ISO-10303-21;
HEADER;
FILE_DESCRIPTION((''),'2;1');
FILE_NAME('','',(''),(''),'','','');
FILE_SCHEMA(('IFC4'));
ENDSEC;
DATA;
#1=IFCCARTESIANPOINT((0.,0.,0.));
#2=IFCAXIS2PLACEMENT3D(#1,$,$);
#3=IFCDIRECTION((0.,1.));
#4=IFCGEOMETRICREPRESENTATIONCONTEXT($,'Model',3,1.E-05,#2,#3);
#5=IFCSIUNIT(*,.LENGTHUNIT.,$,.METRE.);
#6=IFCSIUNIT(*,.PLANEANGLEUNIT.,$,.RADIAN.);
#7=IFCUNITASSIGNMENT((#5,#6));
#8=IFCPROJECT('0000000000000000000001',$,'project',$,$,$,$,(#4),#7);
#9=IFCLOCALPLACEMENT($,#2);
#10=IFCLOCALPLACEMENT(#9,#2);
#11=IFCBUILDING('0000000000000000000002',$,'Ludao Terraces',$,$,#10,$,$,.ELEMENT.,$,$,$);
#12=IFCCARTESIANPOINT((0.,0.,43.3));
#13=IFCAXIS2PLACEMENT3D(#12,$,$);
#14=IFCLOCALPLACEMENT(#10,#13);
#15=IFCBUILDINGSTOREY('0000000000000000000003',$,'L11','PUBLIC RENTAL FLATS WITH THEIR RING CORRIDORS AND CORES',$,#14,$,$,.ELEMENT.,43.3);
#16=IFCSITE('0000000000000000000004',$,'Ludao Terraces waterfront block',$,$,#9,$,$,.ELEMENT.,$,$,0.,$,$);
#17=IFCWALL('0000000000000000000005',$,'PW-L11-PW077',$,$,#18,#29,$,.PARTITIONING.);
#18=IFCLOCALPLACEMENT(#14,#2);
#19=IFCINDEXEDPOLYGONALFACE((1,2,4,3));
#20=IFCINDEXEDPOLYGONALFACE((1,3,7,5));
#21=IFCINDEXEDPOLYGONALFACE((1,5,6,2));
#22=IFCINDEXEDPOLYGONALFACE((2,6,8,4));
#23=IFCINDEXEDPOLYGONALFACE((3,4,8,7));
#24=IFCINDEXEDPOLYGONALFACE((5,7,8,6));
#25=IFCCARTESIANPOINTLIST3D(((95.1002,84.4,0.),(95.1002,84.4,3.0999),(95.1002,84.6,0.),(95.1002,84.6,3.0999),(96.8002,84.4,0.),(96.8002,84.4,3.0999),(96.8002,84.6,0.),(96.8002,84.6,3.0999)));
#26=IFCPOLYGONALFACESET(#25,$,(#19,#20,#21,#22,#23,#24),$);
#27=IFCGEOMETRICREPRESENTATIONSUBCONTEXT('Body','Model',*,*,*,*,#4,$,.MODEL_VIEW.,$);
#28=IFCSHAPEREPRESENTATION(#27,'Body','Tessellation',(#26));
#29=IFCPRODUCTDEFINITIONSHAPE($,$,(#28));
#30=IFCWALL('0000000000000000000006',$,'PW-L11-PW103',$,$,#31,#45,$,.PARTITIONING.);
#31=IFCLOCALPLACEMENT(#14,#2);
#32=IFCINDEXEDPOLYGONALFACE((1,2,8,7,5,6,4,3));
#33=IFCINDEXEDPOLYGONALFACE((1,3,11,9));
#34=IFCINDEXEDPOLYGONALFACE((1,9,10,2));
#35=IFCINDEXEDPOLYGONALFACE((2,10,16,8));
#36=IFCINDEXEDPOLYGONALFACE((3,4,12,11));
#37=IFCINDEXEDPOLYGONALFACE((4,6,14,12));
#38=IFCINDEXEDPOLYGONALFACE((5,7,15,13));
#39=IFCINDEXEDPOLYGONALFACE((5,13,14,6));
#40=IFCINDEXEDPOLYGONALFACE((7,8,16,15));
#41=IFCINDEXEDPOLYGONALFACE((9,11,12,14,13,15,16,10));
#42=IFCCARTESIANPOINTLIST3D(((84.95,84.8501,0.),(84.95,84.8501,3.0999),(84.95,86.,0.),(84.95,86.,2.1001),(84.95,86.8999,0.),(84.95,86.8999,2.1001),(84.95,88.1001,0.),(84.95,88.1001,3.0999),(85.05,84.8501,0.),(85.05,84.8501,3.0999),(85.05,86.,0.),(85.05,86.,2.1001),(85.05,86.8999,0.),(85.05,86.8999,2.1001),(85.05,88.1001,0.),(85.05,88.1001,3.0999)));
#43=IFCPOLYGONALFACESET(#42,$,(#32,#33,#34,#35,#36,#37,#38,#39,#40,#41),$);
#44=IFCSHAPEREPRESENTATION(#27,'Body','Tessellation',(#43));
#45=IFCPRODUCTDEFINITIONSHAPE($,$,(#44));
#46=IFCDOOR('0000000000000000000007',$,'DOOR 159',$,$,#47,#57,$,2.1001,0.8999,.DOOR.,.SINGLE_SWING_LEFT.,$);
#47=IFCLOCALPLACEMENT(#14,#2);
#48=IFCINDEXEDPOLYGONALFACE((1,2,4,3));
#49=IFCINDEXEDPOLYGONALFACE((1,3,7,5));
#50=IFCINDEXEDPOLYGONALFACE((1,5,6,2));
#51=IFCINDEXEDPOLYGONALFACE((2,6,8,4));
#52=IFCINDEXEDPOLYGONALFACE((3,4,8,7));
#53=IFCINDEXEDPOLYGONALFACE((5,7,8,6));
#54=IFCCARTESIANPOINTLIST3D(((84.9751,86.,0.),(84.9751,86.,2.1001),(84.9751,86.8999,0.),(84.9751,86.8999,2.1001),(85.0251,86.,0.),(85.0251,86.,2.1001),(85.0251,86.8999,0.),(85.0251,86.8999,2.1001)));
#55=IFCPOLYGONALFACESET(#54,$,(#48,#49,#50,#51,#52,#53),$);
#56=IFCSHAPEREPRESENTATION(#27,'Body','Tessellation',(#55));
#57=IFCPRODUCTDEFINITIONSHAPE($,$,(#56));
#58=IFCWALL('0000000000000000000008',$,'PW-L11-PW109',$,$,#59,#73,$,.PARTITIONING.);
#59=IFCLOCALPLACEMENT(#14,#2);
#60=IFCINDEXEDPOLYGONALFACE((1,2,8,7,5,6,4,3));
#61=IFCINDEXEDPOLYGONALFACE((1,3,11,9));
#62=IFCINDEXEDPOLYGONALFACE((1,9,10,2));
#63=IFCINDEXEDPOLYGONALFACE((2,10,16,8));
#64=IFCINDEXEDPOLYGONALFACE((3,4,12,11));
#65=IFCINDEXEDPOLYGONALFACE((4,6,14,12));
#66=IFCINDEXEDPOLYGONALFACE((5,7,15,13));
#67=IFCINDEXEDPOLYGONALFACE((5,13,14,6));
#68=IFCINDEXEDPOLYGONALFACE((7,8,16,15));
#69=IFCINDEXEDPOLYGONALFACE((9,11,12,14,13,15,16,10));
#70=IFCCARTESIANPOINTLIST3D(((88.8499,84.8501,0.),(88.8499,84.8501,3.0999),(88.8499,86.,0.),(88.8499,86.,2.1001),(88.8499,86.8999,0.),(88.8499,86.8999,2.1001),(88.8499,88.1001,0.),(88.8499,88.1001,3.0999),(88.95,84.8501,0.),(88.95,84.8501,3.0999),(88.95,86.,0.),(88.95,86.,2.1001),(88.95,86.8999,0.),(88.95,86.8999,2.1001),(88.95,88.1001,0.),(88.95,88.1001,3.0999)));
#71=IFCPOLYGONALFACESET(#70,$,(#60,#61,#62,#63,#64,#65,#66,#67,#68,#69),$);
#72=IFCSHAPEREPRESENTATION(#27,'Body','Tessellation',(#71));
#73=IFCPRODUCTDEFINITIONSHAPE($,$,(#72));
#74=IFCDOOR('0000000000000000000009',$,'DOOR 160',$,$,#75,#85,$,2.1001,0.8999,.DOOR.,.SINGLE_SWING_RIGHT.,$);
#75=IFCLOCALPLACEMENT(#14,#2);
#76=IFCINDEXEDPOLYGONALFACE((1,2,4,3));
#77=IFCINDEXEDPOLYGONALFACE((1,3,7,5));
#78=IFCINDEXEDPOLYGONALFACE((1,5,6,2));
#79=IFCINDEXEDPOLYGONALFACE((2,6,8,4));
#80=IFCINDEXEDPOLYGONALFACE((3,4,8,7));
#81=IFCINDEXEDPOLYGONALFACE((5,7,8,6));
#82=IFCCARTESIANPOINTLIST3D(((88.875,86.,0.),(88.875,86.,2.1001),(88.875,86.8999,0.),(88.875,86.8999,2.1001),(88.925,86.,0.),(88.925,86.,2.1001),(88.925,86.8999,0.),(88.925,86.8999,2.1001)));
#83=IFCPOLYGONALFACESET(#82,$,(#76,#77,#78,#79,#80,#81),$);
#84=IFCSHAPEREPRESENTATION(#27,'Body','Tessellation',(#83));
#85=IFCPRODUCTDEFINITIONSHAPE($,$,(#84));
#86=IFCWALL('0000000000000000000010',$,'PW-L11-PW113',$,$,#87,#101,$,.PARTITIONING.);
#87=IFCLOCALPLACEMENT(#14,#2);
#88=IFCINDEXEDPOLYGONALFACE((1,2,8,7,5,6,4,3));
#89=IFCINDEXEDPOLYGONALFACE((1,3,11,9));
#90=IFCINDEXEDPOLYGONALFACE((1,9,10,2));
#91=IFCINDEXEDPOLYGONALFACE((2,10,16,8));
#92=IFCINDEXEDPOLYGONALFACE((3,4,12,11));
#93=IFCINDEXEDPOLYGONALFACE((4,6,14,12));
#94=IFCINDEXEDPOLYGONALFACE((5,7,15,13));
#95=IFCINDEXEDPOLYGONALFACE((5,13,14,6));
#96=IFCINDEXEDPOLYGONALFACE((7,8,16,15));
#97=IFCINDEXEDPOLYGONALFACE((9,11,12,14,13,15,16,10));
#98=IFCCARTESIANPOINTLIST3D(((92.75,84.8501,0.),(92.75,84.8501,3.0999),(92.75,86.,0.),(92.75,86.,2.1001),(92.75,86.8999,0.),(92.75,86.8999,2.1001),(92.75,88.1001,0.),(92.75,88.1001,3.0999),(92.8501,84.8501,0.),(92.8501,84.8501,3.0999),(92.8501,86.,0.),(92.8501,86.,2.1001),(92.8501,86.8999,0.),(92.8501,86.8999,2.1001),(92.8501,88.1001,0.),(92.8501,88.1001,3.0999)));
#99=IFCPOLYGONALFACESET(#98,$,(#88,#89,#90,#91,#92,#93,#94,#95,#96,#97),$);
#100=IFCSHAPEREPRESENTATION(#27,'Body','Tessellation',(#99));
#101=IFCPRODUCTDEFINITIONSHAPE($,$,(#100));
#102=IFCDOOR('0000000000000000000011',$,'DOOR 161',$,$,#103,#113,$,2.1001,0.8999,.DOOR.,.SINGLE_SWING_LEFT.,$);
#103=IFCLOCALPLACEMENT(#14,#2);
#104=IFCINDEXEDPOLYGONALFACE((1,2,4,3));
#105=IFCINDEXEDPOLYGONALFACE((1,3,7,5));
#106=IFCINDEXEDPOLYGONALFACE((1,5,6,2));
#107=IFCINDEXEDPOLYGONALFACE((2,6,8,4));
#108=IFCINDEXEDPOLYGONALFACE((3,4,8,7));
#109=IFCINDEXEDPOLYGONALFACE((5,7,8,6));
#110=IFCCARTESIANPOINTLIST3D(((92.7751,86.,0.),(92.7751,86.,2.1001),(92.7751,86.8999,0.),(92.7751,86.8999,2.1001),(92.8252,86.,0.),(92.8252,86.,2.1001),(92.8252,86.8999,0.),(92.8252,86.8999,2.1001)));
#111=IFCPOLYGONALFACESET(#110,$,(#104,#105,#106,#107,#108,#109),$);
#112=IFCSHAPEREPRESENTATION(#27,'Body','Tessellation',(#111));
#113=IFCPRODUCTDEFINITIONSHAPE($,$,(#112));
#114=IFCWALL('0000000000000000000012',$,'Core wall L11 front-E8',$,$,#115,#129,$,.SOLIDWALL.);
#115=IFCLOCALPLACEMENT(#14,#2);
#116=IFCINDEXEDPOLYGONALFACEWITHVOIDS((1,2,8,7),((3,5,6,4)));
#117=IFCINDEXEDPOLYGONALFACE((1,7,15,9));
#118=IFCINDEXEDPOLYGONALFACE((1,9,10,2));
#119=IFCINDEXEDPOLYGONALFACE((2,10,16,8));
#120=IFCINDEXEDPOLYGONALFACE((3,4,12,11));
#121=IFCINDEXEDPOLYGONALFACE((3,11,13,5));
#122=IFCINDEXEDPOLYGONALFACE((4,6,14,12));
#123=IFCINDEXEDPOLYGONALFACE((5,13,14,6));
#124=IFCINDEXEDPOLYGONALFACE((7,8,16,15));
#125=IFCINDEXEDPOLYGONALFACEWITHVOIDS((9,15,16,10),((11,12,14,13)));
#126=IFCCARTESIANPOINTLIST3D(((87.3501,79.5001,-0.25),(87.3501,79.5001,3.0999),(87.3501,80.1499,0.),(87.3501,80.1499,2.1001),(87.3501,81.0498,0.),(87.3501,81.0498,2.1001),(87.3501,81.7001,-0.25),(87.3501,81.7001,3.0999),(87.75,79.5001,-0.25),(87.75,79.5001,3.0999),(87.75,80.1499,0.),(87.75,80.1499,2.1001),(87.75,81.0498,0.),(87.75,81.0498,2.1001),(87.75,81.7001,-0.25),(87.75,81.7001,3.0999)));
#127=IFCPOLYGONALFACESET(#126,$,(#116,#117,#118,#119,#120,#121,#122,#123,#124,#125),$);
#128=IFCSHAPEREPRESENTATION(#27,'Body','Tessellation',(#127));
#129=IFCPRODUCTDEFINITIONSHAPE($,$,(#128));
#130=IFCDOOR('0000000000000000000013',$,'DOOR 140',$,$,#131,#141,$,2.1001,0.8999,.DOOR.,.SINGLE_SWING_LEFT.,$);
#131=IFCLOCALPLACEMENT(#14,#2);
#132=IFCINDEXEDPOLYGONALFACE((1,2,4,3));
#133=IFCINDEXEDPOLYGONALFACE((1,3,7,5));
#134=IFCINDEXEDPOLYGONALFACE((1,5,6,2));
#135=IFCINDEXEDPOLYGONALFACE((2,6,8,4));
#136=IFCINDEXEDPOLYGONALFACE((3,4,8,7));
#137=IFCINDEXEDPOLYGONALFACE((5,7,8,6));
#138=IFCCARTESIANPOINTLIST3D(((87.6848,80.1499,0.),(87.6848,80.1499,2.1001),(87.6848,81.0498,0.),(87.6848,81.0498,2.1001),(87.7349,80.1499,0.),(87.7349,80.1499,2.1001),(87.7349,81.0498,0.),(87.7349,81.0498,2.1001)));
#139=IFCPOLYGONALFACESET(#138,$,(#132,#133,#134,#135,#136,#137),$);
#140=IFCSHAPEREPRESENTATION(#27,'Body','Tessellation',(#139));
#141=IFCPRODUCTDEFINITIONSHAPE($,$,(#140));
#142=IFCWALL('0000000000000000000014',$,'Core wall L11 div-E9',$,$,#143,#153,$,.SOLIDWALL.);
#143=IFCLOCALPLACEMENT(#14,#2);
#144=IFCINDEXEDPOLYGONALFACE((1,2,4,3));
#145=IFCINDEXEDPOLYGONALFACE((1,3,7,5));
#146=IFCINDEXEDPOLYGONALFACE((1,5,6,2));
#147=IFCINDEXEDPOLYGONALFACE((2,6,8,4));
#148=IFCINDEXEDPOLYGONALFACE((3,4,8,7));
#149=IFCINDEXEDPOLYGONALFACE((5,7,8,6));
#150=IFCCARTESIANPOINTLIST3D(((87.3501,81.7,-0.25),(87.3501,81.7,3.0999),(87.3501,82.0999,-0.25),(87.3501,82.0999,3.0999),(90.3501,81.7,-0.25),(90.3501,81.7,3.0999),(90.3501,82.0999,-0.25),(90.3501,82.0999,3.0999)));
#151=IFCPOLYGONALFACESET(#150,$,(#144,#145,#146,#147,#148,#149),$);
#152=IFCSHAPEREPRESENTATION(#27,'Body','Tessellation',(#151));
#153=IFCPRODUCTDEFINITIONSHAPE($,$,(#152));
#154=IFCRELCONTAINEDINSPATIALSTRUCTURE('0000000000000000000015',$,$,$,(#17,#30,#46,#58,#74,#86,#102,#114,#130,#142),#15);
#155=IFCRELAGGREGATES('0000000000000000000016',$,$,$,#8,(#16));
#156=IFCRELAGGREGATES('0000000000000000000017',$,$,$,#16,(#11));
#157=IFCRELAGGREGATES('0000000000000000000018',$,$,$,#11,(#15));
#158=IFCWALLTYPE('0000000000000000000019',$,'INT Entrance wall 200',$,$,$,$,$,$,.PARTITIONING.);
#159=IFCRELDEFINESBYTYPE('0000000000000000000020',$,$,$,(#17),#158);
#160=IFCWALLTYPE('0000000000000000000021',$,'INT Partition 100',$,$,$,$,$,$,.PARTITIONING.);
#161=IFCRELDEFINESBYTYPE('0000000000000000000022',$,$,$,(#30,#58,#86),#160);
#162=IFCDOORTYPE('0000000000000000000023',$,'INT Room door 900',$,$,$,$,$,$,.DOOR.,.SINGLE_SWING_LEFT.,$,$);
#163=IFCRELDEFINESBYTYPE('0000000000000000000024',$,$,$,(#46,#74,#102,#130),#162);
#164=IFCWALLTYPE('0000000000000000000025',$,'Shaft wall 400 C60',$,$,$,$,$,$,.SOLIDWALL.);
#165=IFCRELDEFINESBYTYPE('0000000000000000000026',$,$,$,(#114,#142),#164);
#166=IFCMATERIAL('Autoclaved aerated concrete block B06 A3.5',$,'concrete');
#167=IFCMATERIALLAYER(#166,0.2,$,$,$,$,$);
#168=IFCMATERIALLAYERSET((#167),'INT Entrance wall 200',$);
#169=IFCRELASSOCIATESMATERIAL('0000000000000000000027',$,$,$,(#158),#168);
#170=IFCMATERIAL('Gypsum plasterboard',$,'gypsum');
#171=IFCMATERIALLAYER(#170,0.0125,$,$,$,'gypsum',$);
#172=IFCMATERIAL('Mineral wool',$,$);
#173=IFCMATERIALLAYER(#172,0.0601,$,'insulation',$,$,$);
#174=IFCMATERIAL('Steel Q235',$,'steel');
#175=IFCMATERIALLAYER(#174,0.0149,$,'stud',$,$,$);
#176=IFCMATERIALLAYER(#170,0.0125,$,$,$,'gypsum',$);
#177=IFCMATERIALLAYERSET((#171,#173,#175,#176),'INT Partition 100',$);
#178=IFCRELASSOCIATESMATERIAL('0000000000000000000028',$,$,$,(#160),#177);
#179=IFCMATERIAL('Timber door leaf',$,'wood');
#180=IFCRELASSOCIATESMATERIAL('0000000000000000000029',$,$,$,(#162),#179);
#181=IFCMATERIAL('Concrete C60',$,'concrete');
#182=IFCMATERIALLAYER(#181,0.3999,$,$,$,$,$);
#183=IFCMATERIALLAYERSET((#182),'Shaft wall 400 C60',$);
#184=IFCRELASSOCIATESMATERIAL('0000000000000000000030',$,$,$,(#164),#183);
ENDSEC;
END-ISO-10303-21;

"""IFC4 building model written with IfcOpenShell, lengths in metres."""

from ifc_helpers import new_model, si_unit, direction, frame, frame_2d, origin, place, context, subcontext, project, spatial, rectangle, extrude, material, layer, layer_set, type_object, element, fill, save


model = new_model("IFC4")

# Units and contexts
model_context = context("Model", 3, precision=1e-05, world=origin(), true_north=direction((0.0, 1.0)))
body_context = subcontext(model_context, "Body", "Model", "MODEL_VIEW")
ifc_project = project(units=[si_unit("LENGTHUNIT", "METRE"), si_unit("PLANEANGLEUNIT", "RADIAN")], contexts=[model_context])

# Site, building, storey
site_placement = place(None, origin())
site = spatial("IfcSite", under=ifc_project, at=site_placement, Name="Ludao Terraces waterfront block", CompositionType="ELEMENT", RefElevation=0.0)
building_placement = place(site_placement, origin())
building = spatial("IfcBuilding", under=site, at=building_placement, Name="Ludao Terraces", CompositionType="ELEMENT")
storey_placement = place(building_placement, frame((0.0, 0.0, 43.3)))
storey = spatial("IfcBuildingStorey", under=building, at=storey_placement, Name="L11", Description="PUBLIC RENTAL FLATS WITH THEIR RING CORRIDORS AND CORES", CompositionType="ELEMENT", Elevation=43.3)

# Shared definitions
ifc_material_1 = material(Name="Mineral wool")

# Wall
ifc_material_2 = material(Name="Autoclaved aerated concrete block B06 A3.5", Category="concrete")
ifc_layer_1 = layer(ifc_material_2, 0.2)
ifc_layer_set_1 = layer_set([ifc_layer_1], Name="INT Entrance wall 200")
wall_type_1 = type_object("IfcWallType", Name="INT Entrance wall 200", PredefinedType="PARTITIONING", material=ifc_layer_set_1)
wall_1_placement = place(storey_placement, frame((95.1001, 84.5, 0.0), z_axis=(0.0, 0.0, 1.0), x_axis=(1.0, 0.0, 0.0)))
element("IfcWall", 1, at=wall_1_placement, inside=storey, type_object=wall_type_1, Name="PW-L11-PW077", PredefinedType="PARTITIONING", context=body_context, shape_type="SweptSolid", body=[
    extrude(rectangle(XDim=1.7, YDim=0.2, at=frame_2d((0.8501, 0.0))), origin(), (0.0, 0.0, 1.0), 3.0999),
])

# Walls, openings, doors
ifc_material_3 = material(Name="Gypsum plasterboard", Category="gypsum")
ifc_layer_2 = layer(ifc_material_3, 0.0125, Category="gypsum")
ifc_layer_3 = layer(ifc_material_1, 0.0601, Name="insulation")
ifc_material_4 = material(Name="Steel Q235", Category="steel")
ifc_layer_4 = layer(ifc_material_4, 0.0149, Name="stud")
ifc_layer_5 = layer(ifc_material_3, 0.0125, Category="gypsum")
ifc_layer_set_2 = layer_set([ifc_layer_2, ifc_layer_3, ifc_layer_4, ifc_layer_5], Name="INT Partition 100")
wall_type_2 = type_object("IfcWallType", Name="INT Partition 100", PredefinedType="PARTITIONING", material=ifc_layer_set_2)
wall_2_placement = place(storey_placement, frame((85.0, 84.8501, 0.0), z_axis=(0.0, 0.0, 1.0), x_axis=(0.0, 1.0, 0.0)))
wall_2 = element("IfcWall", 2, at=wall_2_placement, inside=storey, type_object=wall_type_2, Name="PW-L11-PW103", PredefinedType="PARTITIONING", context=body_context, shape_type="SweptSolid", body=[
    extrude(rectangle(XDim=3.25, YDim=0.1001, at=frame_2d((1.625, 0.0))), origin(), (0.0, 0.0, 1.0), 3.0999),
])
opening_1_placement = place(wall_2_placement, frame((1.1499, 0.0, 0.0)))
opening_1 = element("IfcOpeningElement", 3, at=opening_1_placement, cuts=wall_2, PredefinedType="OPENING", context=body_context, shape_type="SweptSolid", body=[
    extrude(rectangle(XDim=0.8999, YDim=2.1001, at=frame_2d((0.45, 1.05))), frame((0.0, 0.0601, 0.0), z_axis=(0.0, -1.0, 0.0), x_axis=(1.0, 0.0, 0.0)), (0.0, 0.0, 1.0), 0.1201),
])
ifc_material_5 = material(Name="Timber door leaf", Category="wood")
door_type_1 = type_object("IfcDoorType", Name="INT Room door 900", OperationType="SINGLE_SWING_LEFT", PredefinedType="DOOR", material=ifc_material_5)
door_1_placement = place(opening_1_placement, origin())
door_1 = element("IfcDoor", 4, at=door_1_placement, inside=storey, type_object=door_type_1, Name="DOOR 159", OperationType="SINGLE_SWING_LEFT", OverallHeight=2.1001, OverallWidth=0.8999, PredefinedType="DOOR", context=body_context, shape_type="SweptSolid", body=[
    extrude(rectangle(XDim=0.8999, YDim=2.1001, at=frame_2d((0.45, 1.05))), frame((0.0, 0.0249, 0.0), z_axis=(0.0, -1.0, 0.0), x_axis=(1.0, 0.0, 0.0)), (0.0, 0.0, 1.0), 0.05),
])
fill(opening_1, door_1)
wall_3_placement = place(storey_placement, frame((88.8999, 84.8501, 0.0), z_axis=(0.0, 0.0, 1.0), x_axis=(0.0, 1.0, 0.0)))
wall_3 = element("IfcWall", 5, at=wall_3_placement, inside=storey, type_object=wall_type_2, Name="PW-L11-PW109", PredefinedType="PARTITIONING", context=body_context, shape_type="SweptSolid", body=[
    extrude(rectangle(XDim=3.25, YDim=0.1001, at=frame_2d((1.625, 0.0))), origin(), (0.0, 0.0, 1.0), 3.0999),
])
opening_2_placement = place(wall_3_placement, frame((1.1499, 0.0, 0.0)))
opening_2 = element("IfcOpeningElement", 6, at=opening_2_placement, cuts=wall_3, PredefinedType="OPENING", context=body_context, shape_type="SweptSolid", body=[
    extrude(rectangle(XDim=0.8999, YDim=2.1001, at=frame_2d((0.45, 1.05))), frame((0.0, 0.0601, 0.0), z_axis=(0.0, -1.0, 0.0), x_axis=(1.0, 0.0, 0.0)), (0.0, 0.0, 1.0), 0.1201),
])
door_2_placement = place(opening_2_placement, origin())
door_2 = element("IfcDoor", 7, at=door_2_placement, inside=storey, type_object=door_type_1, Name="DOOR 160", OperationType="SINGLE_SWING_RIGHT", OverallHeight=2.1001, OverallWidth=0.8999, PredefinedType="DOOR", context=body_context, shape_type="SweptSolid", body=[
    extrude(rectangle(XDim=0.8999, YDim=2.1001, at=frame_2d((0.45, 1.05))), frame((0.0, 0.0249, 0.0), z_axis=(0.0, -1.0, 0.0), x_axis=(1.0, 0.0, 0.0)), (0.0, 0.0, 1.0), 0.05),
])
fill(opening_2, door_2)
wall_4_placement = place(storey_placement, frame((92.8, 84.8501, 0.0), z_axis=(0.0, 0.0, 1.0), x_axis=(0.0, 1.0, 0.0)))
wall_4 = element("IfcWall", 8, at=wall_4_placement, inside=storey, type_object=wall_type_2, Name="PW-L11-PW113", PredefinedType="PARTITIONING", context=body_context, shape_type="SweptSolid", body=[
    extrude(rectangle(XDim=3.25, YDim=0.1001, at=frame_2d((1.625, 0.0))), origin(), (0.0, 0.0, 1.0), 3.0999),
])
opening_3_placement = place(wall_4_placement, frame((1.1499, 0.0, 0.0)))
opening_3 = element("IfcOpeningElement", 9, at=opening_3_placement, cuts=wall_4, PredefinedType="OPENING", context=body_context, shape_type="SweptSolid", body=[
    extrude(rectangle(XDim=0.8999, YDim=2.1001, at=frame_2d((0.45, 1.05))), frame((0.0, 0.0601, 0.0), z_axis=(0.0, -1.0, 0.0), x_axis=(1.0, 0.0, 0.0)), (0.0, 0.0, 1.0), 0.1201),
])
door_3_placement = place(opening_3_placement, origin())
door_3 = element("IfcDoor", 10, at=door_3_placement, inside=storey, type_object=door_type_1, Name="DOOR 161", OperationType="SINGLE_SWING_LEFT", OverallHeight=2.1001, OverallWidth=0.8999, PredefinedType="DOOR", context=body_context, shape_type="SweptSolid", body=[
    extrude(rectangle(XDim=0.8999, YDim=2.1001, at=frame_2d((0.45, 1.05))), frame((0.0, 0.0249, 0.0), z_axis=(0.0, -1.0, 0.0), x_axis=(1.0, 0.0, 0.0)), (0.0, 0.0, 1.0), 0.05),
])
fill(opening_3, door_3)
ifc_material_6 = material(Name="Concrete C60", Category="concrete")
ifc_layer_6 = layer(ifc_material_6, 0.3999)
ifc_layer_set_3 = layer_set([ifc_layer_6], Name="Shaft wall 400 C60")
wall_type_3 = type_object("IfcWallType", Name="Shaft wall 400 C60", PredefinedType="SOLIDWALL", material=ifc_layer_set_3)
wall_5_placement = place(storey_placement, frame((87.55, 79.5, -0.25), z_axis=(0.0, 0.0, 1.0), x_axis=(0.0, 1.0, 0.0)))
wall_5 = element("IfcWall", 11, at=wall_5_placement, inside=storey, type_object=wall_type_3, Name="Core wall L11 front-E8", PredefinedType="SOLIDWALL", context=body_context, shape_type="SweptSolid", body=[
    extrude(rectangle(XDim=2.2, YDim=0.3999, at=frame_2d((1.1001, 0.0))), origin(), (0.0, 0.0, 1.0), 3.3499),
])
opening_4_placement = place(wall_5_placement, frame((0.6499, 0.0, 0.25)))
opening_4 = element("IfcOpeningElement", 12, at=opening_4_placement, cuts=wall_5, PredefinedType="OPENING", context=body_context, shape_type="SweptSolid", body=[
    extrude(rectangle(XDim=0.8999, YDim=2.1001, at=frame_2d((0.45, 1.05))), frame((0.0, 0.21, 0.0), z_axis=(0.0, -1.0, 0.0), x_axis=(1.0, 0.0, 0.0)), (0.0, 0.0, 1.0), 0.4199),
])
door_4_placement = place(opening_4_placement, origin())
door_4 = element("IfcDoor", 13, at=door_4_placement, inside=storey, type_object=door_type_1, Name="DOOR 140", OperationType="SINGLE_SWING_LEFT", OverallHeight=2.1001, OverallWidth=0.8999, PredefinedType="DOOR", context=body_context, shape_type="SweptSolid", body=[
    extrude(rectangle(XDim=0.8999, YDim=2.1001, at=frame_2d((0.45, 1.05))), frame((0.0, -0.1348, 0.0), z_axis=(0.0, -1.0, 0.0), x_axis=(1.0, 0.0, 0.0)), (0.0, 0.0, 1.0), 0.05),
])
fill(opening_4, door_4)

# Wall
wall_6_placement = place(storey_placement, frame((87.3501, 81.8999, -0.25), z_axis=(0.0, 0.0, 1.0), x_axis=(1.0, 0.0, 0.0)))
element("IfcWall", 14, at=wall_6_placement, inside=storey, type_object=wall_type_3, Name="Core wall L11 div-E9", PredefinedType="SOLIDWALL", context=body_context, shape_type="SweptSolid", body=[
    extrude(rectangle(XDim=3.0, YDim=0.3999, at=frame_2d((1.5, 0.0))), origin(), (0.0, 0.0, 1.0), 3.3499),
])

save(model, "model.ifc")
